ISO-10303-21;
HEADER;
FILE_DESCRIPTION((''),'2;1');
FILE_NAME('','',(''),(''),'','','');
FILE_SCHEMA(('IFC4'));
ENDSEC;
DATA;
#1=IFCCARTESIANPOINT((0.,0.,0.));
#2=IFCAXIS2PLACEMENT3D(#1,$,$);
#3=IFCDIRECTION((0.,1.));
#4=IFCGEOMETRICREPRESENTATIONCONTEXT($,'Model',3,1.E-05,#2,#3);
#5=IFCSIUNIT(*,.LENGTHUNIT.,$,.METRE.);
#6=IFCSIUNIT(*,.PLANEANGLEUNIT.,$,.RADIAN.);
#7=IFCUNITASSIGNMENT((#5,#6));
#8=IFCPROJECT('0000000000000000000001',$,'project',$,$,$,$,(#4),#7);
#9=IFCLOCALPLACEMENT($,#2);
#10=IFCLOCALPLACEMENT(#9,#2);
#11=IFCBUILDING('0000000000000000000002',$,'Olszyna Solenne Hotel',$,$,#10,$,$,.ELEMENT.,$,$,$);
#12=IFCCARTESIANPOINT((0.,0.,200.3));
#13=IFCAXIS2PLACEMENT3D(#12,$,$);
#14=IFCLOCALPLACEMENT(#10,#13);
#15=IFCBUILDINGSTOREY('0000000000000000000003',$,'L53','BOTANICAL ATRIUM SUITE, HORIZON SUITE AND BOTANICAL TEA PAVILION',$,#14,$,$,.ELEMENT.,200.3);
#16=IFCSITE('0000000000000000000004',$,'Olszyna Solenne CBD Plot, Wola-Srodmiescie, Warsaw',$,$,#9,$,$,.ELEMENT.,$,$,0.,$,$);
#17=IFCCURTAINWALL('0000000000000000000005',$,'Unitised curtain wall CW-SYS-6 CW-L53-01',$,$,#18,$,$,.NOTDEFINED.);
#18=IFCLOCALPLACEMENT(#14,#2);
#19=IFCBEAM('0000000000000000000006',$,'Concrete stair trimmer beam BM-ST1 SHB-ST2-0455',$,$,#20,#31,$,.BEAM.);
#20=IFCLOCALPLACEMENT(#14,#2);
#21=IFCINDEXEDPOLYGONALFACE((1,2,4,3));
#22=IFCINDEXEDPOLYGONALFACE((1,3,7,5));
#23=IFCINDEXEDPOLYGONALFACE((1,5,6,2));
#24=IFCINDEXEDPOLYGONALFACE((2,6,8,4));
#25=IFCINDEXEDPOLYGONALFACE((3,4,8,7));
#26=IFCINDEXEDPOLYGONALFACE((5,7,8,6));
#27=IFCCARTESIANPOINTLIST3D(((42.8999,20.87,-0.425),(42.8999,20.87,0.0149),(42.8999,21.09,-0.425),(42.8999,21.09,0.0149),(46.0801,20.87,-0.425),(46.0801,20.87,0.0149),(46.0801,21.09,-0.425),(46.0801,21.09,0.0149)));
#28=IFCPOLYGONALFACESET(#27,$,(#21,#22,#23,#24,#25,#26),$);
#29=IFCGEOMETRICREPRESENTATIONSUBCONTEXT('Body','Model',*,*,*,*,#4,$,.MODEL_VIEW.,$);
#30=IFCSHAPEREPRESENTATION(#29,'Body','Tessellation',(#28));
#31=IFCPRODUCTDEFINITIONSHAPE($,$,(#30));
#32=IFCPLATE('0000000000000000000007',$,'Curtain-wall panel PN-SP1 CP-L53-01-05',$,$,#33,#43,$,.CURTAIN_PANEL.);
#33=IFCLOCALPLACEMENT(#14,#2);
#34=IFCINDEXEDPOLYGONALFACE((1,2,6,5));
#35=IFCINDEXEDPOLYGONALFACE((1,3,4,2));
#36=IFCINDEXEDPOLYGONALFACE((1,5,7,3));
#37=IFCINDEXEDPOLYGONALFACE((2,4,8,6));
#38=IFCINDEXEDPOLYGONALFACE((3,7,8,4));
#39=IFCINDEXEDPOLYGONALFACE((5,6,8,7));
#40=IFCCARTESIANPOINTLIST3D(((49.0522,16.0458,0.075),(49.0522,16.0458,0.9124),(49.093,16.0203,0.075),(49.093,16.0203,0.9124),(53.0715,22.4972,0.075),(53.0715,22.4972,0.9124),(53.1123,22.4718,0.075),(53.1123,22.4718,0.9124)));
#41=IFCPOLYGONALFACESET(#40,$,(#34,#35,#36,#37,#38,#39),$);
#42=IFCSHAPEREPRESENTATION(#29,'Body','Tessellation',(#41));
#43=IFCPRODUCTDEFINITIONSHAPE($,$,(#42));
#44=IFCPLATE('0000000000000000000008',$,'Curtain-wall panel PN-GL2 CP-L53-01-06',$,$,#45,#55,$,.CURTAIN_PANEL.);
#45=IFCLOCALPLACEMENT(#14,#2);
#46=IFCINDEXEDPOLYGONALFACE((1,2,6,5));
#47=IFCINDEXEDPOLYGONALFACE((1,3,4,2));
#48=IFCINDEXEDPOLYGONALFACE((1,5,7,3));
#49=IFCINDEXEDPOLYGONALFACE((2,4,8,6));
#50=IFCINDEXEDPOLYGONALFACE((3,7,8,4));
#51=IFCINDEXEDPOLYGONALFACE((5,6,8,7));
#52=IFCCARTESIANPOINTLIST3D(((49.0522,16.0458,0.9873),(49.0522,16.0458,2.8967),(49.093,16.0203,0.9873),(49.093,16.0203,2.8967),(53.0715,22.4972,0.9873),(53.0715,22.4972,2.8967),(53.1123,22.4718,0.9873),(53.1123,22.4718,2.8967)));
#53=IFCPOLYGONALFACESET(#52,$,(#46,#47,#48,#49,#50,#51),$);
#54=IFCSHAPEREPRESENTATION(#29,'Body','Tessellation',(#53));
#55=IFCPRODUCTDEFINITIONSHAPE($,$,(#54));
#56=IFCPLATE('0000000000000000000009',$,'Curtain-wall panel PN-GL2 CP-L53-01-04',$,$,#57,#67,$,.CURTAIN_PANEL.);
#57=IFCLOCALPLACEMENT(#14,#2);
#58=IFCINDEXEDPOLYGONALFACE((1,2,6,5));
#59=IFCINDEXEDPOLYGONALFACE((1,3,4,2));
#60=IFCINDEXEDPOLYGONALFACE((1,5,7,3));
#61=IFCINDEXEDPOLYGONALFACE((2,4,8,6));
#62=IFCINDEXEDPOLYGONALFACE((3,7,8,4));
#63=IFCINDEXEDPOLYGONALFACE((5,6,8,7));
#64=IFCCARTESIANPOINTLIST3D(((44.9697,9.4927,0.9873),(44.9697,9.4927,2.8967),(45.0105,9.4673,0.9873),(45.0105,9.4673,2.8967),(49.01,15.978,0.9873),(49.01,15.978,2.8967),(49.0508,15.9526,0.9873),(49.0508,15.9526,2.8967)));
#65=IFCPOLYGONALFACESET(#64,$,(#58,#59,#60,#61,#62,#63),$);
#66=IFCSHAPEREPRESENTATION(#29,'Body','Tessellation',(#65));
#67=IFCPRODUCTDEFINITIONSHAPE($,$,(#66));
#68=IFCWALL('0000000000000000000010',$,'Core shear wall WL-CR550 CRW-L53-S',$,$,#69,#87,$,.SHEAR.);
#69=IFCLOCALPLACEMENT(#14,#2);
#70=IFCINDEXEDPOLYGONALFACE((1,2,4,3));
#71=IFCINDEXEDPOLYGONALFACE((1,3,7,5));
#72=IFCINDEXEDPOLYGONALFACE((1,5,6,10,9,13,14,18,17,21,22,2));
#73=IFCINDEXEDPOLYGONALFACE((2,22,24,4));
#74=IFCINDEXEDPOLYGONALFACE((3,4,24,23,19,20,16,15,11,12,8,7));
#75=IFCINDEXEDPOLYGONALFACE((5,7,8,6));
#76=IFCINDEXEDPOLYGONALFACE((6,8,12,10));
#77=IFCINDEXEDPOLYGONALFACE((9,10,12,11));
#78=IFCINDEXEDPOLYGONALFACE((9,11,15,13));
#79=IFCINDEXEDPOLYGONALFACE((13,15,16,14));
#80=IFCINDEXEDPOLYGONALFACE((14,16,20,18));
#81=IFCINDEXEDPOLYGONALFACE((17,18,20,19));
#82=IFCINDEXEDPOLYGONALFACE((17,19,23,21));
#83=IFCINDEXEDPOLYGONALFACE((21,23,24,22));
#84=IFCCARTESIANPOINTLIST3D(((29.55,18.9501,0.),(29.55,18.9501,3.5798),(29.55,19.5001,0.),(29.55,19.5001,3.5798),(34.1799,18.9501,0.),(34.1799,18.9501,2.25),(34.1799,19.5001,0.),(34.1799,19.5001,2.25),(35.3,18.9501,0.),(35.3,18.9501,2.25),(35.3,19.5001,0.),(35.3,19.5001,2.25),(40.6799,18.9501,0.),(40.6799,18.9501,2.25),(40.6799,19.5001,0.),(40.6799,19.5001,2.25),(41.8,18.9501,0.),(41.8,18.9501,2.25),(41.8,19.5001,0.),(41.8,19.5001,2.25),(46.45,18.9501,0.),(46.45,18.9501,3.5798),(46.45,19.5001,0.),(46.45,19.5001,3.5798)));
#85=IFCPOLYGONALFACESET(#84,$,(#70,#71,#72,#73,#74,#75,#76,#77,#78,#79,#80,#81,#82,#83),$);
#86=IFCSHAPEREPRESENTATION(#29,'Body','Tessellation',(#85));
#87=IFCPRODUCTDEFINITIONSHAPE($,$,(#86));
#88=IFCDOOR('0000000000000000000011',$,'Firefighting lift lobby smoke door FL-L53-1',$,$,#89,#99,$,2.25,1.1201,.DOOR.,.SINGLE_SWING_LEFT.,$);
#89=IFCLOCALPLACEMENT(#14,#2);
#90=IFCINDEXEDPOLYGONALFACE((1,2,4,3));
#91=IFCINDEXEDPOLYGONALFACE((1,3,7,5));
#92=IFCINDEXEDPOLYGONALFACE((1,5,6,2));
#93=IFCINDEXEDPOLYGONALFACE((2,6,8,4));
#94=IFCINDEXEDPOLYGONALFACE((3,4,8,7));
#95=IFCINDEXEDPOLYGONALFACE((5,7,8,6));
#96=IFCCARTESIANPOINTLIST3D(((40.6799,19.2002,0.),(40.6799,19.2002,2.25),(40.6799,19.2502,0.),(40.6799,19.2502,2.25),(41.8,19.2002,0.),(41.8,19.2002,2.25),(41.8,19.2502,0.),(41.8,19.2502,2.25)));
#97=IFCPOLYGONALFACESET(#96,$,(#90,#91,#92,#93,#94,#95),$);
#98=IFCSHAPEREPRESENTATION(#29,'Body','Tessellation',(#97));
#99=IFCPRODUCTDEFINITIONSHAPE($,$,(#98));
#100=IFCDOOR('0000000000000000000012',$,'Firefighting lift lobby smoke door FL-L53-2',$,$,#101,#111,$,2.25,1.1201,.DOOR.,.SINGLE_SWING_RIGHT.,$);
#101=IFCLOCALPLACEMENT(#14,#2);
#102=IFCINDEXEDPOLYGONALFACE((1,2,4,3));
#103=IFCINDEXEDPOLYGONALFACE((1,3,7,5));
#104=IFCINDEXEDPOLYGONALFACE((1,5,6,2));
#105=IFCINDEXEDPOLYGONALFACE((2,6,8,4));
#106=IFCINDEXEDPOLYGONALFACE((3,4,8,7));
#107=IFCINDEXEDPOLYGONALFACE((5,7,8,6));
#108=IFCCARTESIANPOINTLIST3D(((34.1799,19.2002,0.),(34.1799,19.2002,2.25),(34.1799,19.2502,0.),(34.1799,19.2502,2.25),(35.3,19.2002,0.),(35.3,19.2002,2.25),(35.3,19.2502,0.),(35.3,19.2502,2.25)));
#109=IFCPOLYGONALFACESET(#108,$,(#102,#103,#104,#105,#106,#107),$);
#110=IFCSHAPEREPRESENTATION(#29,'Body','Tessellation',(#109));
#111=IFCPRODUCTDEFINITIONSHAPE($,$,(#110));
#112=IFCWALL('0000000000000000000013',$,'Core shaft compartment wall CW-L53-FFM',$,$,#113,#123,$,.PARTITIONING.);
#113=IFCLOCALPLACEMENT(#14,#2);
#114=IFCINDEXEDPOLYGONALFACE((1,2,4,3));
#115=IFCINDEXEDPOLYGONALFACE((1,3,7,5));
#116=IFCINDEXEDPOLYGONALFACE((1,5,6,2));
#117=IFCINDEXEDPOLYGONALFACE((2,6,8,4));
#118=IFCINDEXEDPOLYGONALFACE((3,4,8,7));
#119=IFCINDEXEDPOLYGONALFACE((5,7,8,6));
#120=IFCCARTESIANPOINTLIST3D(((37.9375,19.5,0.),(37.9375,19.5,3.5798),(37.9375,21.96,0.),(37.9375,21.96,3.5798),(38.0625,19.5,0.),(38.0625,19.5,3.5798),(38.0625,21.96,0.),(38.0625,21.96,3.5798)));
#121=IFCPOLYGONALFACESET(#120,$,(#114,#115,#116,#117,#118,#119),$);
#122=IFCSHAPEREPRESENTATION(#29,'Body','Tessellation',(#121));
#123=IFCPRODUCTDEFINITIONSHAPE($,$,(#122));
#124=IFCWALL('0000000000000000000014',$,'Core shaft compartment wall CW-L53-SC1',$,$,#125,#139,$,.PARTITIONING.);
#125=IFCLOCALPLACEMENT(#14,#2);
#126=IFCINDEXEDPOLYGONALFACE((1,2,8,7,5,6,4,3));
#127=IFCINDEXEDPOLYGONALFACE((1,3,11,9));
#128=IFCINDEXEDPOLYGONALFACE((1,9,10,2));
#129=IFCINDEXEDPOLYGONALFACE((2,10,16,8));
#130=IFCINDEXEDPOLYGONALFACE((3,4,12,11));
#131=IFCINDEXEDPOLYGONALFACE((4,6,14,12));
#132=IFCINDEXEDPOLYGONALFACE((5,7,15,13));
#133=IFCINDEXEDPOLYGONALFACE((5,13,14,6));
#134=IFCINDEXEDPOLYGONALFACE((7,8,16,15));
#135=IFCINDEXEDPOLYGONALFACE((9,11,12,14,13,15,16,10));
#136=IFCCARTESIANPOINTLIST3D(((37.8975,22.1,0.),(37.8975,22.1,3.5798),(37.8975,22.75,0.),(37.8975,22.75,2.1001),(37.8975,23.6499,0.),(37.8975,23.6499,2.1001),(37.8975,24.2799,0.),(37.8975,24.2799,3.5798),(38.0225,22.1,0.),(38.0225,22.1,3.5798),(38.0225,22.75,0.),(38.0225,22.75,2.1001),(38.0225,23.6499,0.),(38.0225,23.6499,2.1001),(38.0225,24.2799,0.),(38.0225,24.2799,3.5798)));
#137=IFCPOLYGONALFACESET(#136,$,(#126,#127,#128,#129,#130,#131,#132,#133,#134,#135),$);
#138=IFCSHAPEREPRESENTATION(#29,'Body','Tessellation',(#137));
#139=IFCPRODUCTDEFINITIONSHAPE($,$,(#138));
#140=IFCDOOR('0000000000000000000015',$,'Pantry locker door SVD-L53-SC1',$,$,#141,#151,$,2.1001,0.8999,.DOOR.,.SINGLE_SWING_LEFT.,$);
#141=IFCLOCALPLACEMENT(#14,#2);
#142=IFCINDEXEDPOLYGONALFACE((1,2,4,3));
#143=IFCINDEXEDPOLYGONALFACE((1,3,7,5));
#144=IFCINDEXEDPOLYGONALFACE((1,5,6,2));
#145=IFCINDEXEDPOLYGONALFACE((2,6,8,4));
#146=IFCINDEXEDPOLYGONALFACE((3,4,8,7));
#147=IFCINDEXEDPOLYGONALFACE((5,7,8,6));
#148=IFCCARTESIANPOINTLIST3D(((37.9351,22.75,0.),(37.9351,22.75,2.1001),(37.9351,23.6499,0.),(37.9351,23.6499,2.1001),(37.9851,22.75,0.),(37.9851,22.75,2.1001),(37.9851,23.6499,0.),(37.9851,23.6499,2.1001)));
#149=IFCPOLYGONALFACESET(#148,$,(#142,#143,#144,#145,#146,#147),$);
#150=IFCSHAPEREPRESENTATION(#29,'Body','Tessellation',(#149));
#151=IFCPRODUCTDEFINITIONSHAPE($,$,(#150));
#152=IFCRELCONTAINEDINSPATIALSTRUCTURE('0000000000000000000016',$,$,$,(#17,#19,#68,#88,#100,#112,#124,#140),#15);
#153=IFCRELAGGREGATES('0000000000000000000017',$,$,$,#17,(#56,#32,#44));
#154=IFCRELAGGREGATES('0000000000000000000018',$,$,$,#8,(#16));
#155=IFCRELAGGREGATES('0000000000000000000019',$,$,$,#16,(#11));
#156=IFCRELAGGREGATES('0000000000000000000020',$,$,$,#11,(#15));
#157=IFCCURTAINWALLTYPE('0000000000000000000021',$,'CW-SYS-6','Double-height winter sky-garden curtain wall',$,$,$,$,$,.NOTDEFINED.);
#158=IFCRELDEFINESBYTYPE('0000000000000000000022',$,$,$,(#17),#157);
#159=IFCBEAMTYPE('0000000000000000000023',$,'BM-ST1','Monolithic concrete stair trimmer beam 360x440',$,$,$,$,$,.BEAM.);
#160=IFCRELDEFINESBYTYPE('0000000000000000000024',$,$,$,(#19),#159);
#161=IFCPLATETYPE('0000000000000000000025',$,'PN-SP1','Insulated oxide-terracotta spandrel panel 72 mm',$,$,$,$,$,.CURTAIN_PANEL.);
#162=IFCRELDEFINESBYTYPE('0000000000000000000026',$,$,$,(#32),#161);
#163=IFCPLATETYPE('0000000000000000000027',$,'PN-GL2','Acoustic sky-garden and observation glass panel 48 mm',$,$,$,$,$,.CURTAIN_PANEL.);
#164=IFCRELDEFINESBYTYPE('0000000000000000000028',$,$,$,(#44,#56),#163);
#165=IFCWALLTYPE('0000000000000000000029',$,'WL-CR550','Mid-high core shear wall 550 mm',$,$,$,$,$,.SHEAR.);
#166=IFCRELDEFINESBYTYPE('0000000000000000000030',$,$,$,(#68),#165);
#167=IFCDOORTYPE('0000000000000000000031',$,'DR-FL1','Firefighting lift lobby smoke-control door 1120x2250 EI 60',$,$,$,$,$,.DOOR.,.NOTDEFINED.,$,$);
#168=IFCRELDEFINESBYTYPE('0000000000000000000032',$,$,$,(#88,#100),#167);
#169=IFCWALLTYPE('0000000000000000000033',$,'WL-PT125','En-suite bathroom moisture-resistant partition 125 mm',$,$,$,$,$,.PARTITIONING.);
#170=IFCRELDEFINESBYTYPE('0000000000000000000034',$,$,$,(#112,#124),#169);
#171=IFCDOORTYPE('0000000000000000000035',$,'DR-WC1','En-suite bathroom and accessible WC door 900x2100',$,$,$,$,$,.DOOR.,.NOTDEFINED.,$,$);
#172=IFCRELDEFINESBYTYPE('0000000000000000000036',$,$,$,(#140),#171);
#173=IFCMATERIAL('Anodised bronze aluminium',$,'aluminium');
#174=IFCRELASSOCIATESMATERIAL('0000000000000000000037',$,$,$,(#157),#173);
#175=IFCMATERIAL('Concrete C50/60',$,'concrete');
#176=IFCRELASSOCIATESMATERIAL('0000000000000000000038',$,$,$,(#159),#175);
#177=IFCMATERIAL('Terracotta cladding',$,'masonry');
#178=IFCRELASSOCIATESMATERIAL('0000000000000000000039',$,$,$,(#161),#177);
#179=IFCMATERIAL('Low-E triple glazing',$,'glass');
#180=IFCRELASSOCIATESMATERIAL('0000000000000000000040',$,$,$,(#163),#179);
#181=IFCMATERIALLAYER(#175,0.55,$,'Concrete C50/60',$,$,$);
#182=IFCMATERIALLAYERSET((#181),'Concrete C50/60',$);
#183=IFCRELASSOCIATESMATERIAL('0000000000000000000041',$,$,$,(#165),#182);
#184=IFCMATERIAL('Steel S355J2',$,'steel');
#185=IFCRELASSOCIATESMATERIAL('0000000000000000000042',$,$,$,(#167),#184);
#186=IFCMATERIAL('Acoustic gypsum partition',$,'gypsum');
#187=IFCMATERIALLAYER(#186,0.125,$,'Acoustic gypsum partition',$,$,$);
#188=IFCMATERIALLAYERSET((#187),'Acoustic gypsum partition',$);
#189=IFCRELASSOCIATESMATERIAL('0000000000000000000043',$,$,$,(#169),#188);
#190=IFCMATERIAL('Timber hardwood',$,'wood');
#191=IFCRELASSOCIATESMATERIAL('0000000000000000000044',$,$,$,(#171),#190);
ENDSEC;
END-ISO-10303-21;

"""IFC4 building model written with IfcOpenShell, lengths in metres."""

from ifc_helpers import new_model, si_unit, direction, frame, frame_2d, origin, origin_2d, place, context, subcontext, project, spatial, rectangle, extrude, source, transform, mapped, material, layer, layer_set, material_profile, profile_set, type_object, type_shapes, element, fill, aggregate, save


model = new_model("IFC4")

# Units and contexts
model_context = context("Model", 3, precision=1e-05, world=origin(), true_north=direction((0.0, 1.0)))
body_context = subcontext(model_context, "Body", "Model", "MODEL_VIEW")
ifc_project = project(units=[si_unit("LENGTHUNIT", "METRE"), si_unit("PLANEANGLEUNIT", "RADIAN")], contexts=[model_context])

# Site, building, storey
site_placement = place(None, origin())
site = spatial("IfcSite", under=ifc_project, at=site_placement, Name="Olszyna Solenne CBD Plot, Wola-Srodmiescie, Warsaw", CompositionType="ELEMENT", RefElevation=0.0)
building_placement = place(site_placement, origin())
building = spatial("IfcBuilding", under=site, at=building_placement, Name="Olszyna Solenne Hotel", CompositionType="ELEMENT")
storey_placement = place(building_placement, frame((0.0, 0.0, 200.3)))
storey = spatial("IfcBuildingStorey", under=building, at=storey_placement, Name="L53", Description="BOTANICAL ATRIUM SUITE, HORIZON SUITE AND BOTANICAL TEA PAVILION", CompositionType="ELEMENT", Elevation=200.3)

# Shared definitions
ifc_material_1 = material(Name="Steel S355J2", Category="steel")

# Curtain wall
ifc_material_2 = material(Name="Anodised bronze aluminium", Category="aluminium")
curtain_wall_type = type_object("IfcCurtainWallType", Name="CW-SYS-6", Description="Double-height winter sky-garden curtain wall", PredefinedType="NOTDEFINED", material=ifc_material_2)
curtain_wall_placement = place(storey_placement, origin())
curtain_wall = element("IfcCurtainWall", 1, at=curtain_wall_placement, inside=storey, type_object=curtain_wall_type, Name="Unitised curtain wall CW-SYS-6 CW-L53-01", PredefinedType="NOTDEFINED")

# Beam
ifc_material_3 = material(Name="Concrete C50/60", Category="concrete")
ifc_material_profile_1 = material_profile(ifc_material_3, rectangle(XDim=0.22, YDim=0.4399, at=origin_2d()), Name="RC 220x440", Category="load-bearing")
ifc_profile_set_1 = profile_set([ifc_material_profile_1], Name="Concrete C50/60")
beam_type_1 = type_object("IfcBeamType", Name="BM-ST1", Description="Monolithic concrete stair trimmer beam 360x440", PredefinedType="BEAM", material=ifc_profile_set_1)
shared_shape_1 = source(origin(), body_context, "Body", "SweptSolid", [
    extrude(rectangle(XDim=0.22, YDim=0.4399, at=origin_2d()), origin(), (0.0, 0.0, 1.0), 3.1802),
])
beam_1_placement = place(storey_placement, frame((46.0801, 20.98, -0.2051), z_axis=(-1.0, 0.0, 0.0), x_axis=(0.0, -1.0, 0.0)))
element("IfcBeam", 2, at=beam_1_placement, inside=storey, type_object=beam_type_1, Name="Concrete stair trimmer beam BM-ST1 SHB-ST2-0455", PredefinedType="BEAM", context=body_context, shape_type="MappedRepresentation", body=[
    mapped(shared_shape_1, transform((0.0, 0.0, 0.0), x_axis=(1.0, 0.0, 0.0), y_axis=(0.0, 1.0, 0.0), z_axis=(0.0, 0.0, 1.0), scale=1.0)),
])

# Plates
ifc_material_4 = material(Name="Terracotta cladding", Category="masonry")
plate_type_1 = type_object("IfcPlateType", Name="PN-SP1", Description="Insulated oxide-terracotta spandrel panel 72 mm", PredefinedType="CURTAIN_PANEL", material=ifc_material_4)
shared_shape_2 = source(origin(), body_context, "Body", "SweptSolid", [
    extrude(rectangle(XDim=7.6011, YDim=0.0481, at=origin_2d()), origin(), (0.0, 0.0, 1.0), 0.8374),
])
plate_1_placement = place(storey_placement, frame((51.0823, 19.2588, 0.075), z_axis=(0.0, 0.0, 1.0), x_axis=(0.528781, 0.848758, 0.0)))
plate_1 = element("IfcPlate", 3, at=plate_1_placement, type_object=plate_type_1, Name="Curtain-wall panel PN-SP1 CP-L53-01-05", PredefinedType="CURTAIN_PANEL", context=body_context, shape_type="MappedRepresentation", body=[
    mapped(shared_shape_2, transform((0.0, 0.0, 0.0), x_axis=(1.0, 0.0, 0.0), y_axis=(0.0, 1.0, 0.0), z_axis=(0.0, 0.0, 1.0), scale=1.0)),
])
ifc_material_5 = material(Name="Low-E triple glazing", Category="glass")
plate_type_2 = type_object("IfcPlateType", Name="PN-GL2", Description="Acoustic sky-garden and observation glass panel 48 mm", PredefinedType="CURTAIN_PANEL", material=ifc_material_5)
shared_shape_3 = source(origin(), body_context, "Body", "SweptSolid", [
    extrude(rectangle(XDim=7.6011, YDim=0.0481, at=origin_2d()), origin(), (0.0, 0.0, 1.0), 1.9094),
])
plate_2_placement = place(storey_placement, frame((51.0823, 19.2588, 0.9873), z_axis=(0.0, 0.0, 1.0), x_axis=(0.528781, 0.848758, 0.0)))
plate_2 = element("IfcPlate", 4, at=plate_2_placement, type_object=plate_type_2, Name="Curtain-wall panel PN-GL2 CP-L53-01-06", PredefinedType="CURTAIN_PANEL", context=body_context, shape_type="MappedRepresentation", body=[
    mapped(shared_shape_3, transform((0.0, 0.0, 0.0), x_axis=(1.0, 0.0, 0.0), y_axis=(0.0, 1.0, 0.0), z_axis=(0.0, 0.0, 1.0), scale=1.0)),
])
shared_shape_4 = source(origin(), body_context, "Body", "SweptSolid", [
    extrude(rectangle(XDim=7.6409, YDim=0.0481, at=origin_2d()), origin(), (0.0, 0.0, 1.0), 1.9094),
])
plate_3_placement = place(storey_placement, frame((47.0103, 12.7227, 0.9873), z_axis=(0.0, 0.0, 1.0), x_axis=(0.528781, 0.848758, 0.0)))
plate_3 = element("IfcPlate", 5, at=plate_3_placement, type_object=plate_type_2, Name="Curtain-wall panel PN-GL2 CP-L53-01-04", PredefinedType="CURTAIN_PANEL", context=body_context, shape_type="MappedRepresentation", body=[
    mapped(shared_shape_4, transform((0.0, 0.0, 0.0), x_axis=(1.0, 0.0, 0.0), y_axis=(0.0, 1.0, 0.0), z_axis=(0.0, 0.0, 1.0), scale=1.0)),
])
aggregate(curtain_wall, [plate_3, plate_1, plate_2])

# Wall, openings, doors
ifc_layer_1 = layer(ifc_material_3, 0.55, Name="Concrete C50/60")
ifc_layer_set_1 = layer_set([ifc_layer_1], Name="Concrete C50/60")
wall_type_1 = type_object("IfcWallType", Name="WL-CR550", Description="Mid-high core shear wall 550 mm", PredefinedType="SHEAR", material=ifc_layer_set_1)
wall_1_placement = place(storey_placement, frame((46.45, 19.2251, 0.0), z_axis=(0.0, 0.0, 1.0), x_axis=(-1.0, 0.0, 0.0)))
wall_1 = element("IfcWall", 6, at=wall_1_placement, inside=storey, type_object=wall_type_1, Name="Core shear wall WL-CR550 CRW-L53-S", PredefinedType="SHEAR", context=body_context, shape_type="SweptSolid", body=[
    extrude(rectangle(XDim=16.8999, YDim=0.55, at=frame_2d((8.45, 0.0))), origin(), (0.0, 0.0, 1.0), 3.5798),
])
opening_1_placement = place(wall_1_placement, frame((4.6499, 0.0, 0.0)))
opening_1 = element("IfcOpeningElement", 7, at=opening_1_placement, cuts=wall_1, PredefinedType="OPENING", context=body_context, shape_type="SweptSolid", body=[
    extrude(rectangle(XDim=1.1201, YDim=2.25, at=frame_2d((0.5601, 1.125))), frame((0.0, 0.2852, 0.0), z_axis=(0.0, -1.0, 0.0), x_axis=(1.0, 0.0, 0.0)), (0.0, 0.0, 1.0), 0.5701),
])
opening_2_placement = place(wall_1_placement, frame((11.1499, 0.0, 0.0)))
opening_2 = element("IfcOpeningElement", 8, at=opening_2_placement, cuts=wall_1, PredefinedType="OPENING", context=body_context, shape_type="SweptSolid", body=[
    extrude(rectangle(XDim=1.1201, YDim=2.25, at=frame_2d((0.5601, 1.125))), frame((0.0, 0.2852, 0.0), z_axis=(0.0, -1.0, 0.0), x_axis=(1.0, 0.0, 0.0)), (0.0, 0.0, 1.0), 0.5701),
])
door_type_1 = type_object("IfcDoorType", Name="DR-FL1", Description="Firefighting lift lobby smoke-control door 1120x2250 EI 60", OperationType="NOTDEFINED", PredefinedType="DOOR", material=ifc_material_1)
shared_shape_5 = source(origin(), body_context, "Body", "SweptSolid", [
    extrude(rectangle(XDim=1.1201, YDim=2.25, at=frame_2d((0.5601, 1.125))), frame((0.0, 0.0249, 0.0), z_axis=(0.0, -1.0, 0.0), x_axis=(1.0, 0.0, 0.0)), (0.0, 0.0, 1.0), 0.05),
])
type_shapes(door_type_1, [shared_shape_5])
door_1_placement = place(opening_1_placement, origin())
door_1 = element("IfcDoor", 9, at=door_1_placement, inside=storey, type_object=door_type_1, Name="Firefighting lift lobby smoke door FL-L53-1", OperationType="SINGLE_SWING_LEFT", OverallHeight=2.25, OverallWidth=1.1201, PredefinedType="DOOR", context=body_context, shape_type="MappedRepresentation", body=[
    mapped(shared_shape_5, transform((0.0, 0.0, 0.0), x_axis=(1.0, 0.0, 0.0), y_axis=(0.0, 1.0, 0.0), z_axis=(0.0, 0.0, 1.0), scale=1.0)),
])
fill(opening_1, door_1)
door_2_placement = place(opening_2_placement, origin())
door_2 = element("IfcDoor", 10, at=door_2_placement, inside=storey, type_object=door_type_1, Name="Firefighting lift lobby smoke door FL-L53-2", OperationType="SINGLE_SWING_RIGHT", OverallHeight=2.25, OverallWidth=1.1201, PredefinedType="DOOR", context=body_context, shape_type="MappedRepresentation", body=[
    mapped(shared_shape_5, transform((0.0, 0.0, 0.0), x_axis=(1.0, 0.0, 0.0), y_axis=(0.0, 1.0, 0.0), z_axis=(0.0, 0.0, 1.0), scale=1.0)),
])
fill(opening_2, door_2)

# Wall
ifc_material_6 = material(Name="Acoustic gypsum partition", Category="gypsum")
ifc_layer_2 = layer(ifc_material_6, 0.125, Name="Acoustic gypsum partition")
ifc_layer_set_2 = layer_set([ifc_layer_2], Name="Acoustic gypsum partition")
wall_type_2 = type_object("IfcWallType", Name="WL-PT125", Description="En-suite bathroom moisture-resistant partition 125 mm", PredefinedType="PARTITIONING", material=ifc_layer_set_2)
wall_2_placement = place(storey_placement, frame((38.0, 19.5, 0.0), z_axis=(0.0, 0.0, 1.0), x_axis=(0.0, 1.0, 0.0)))
element("IfcWall", 11, at=wall_2_placement, inside=storey, type_object=wall_type_2, Name="Core shaft compartment wall CW-L53-FFM", PredefinedType="PARTITIONING", context=body_context, shape_type="SweptSolid", body=[
    extrude(rectangle(XDim=2.46, YDim=0.125, at=frame_2d((1.23, 0.0))), origin(), (0.0, 0.0, 1.0), 3.5798),
])

# Wall, opening, door
wall_3_placement = place(storey_placement, frame((37.96, 22.1001, 0.0), z_axis=(0.0, 0.0, 1.0), x_axis=(0.0, 1.0, 0.0)))
wall_3 = element("IfcWall", 12, at=wall_3_placement, inside=storey, type_object=wall_type_2, Name="Core shaft compartment wall CW-L53-SC1", PredefinedType="PARTITIONING", context=body_context, shape_type="SweptSolid", body=[
    extrude(rectangle(XDim=2.1799, YDim=0.125, at=frame_2d((1.0898, 0.0))), origin(), (0.0, 0.0, 1.0), 3.5798),
])
opening_3_placement = place(wall_3_placement, frame((0.6499, 0.0, 0.0)))
opening_3 = element("IfcOpeningElement", 13, at=opening_3_placement, cuts=wall_3, PredefinedType="OPENING", context=body_context, shape_type="SweptSolid", body=[
    extrude(rectangle(XDim=0.8999, YDim=2.1001, at=frame_2d((0.45, 1.05))), frame((0.0, 0.0725, 0.0), z_axis=(0.0, -1.0, 0.0), x_axis=(1.0, 0.0, 0.0)), (0.0, 0.0, 1.0), 0.145),
])
ifc_material_7 = material(Name="Timber hardwood", Category="wood")
door_type_2 = type_object("IfcDoorType", Name="DR-WC1", Description="En-suite bathroom and accessible WC door 900x2100", OperationType="NOTDEFINED", PredefinedType="DOOR", material=ifc_material_7)
shared_shape_6 = source(origin(), body_context, "Body", "SweptSolid", [
    extrude(rectangle(XDim=0.8999, YDim=2.1001, at=frame_2d((0.45, 1.05))), frame((0.0, 0.0249, 0.0), z_axis=(0.0, -1.0, 0.0), x_axis=(1.0, 0.0, 0.0)), (0.0, 0.0, 1.0), 0.05),
])
type_shapes(door_type_2, [shared_shape_6])
door_3_placement = place(opening_3_placement, origin())
door_3 = element("IfcDoor", 14, at=door_3_placement, inside=storey, type_object=door_type_2, Name="Pantry locker door SVD-L53-SC1", OperationType="SINGLE_SWING_LEFT", OverallHeight=2.1001, OverallWidth=0.8999, PredefinedType="DOOR", context=body_context, shape_type="MappedRepresentation", body=[
    mapped(shared_shape_6, transform((0.0, 0.0, 0.0), x_axis=(1.0, 0.0, 0.0), y_axis=(0.0, 1.0, 0.0), z_axis=(0.0, 0.0, 1.0), scale=1.0)),
])
fill(opening_3, door_3)

save(model, "model.ifc")
